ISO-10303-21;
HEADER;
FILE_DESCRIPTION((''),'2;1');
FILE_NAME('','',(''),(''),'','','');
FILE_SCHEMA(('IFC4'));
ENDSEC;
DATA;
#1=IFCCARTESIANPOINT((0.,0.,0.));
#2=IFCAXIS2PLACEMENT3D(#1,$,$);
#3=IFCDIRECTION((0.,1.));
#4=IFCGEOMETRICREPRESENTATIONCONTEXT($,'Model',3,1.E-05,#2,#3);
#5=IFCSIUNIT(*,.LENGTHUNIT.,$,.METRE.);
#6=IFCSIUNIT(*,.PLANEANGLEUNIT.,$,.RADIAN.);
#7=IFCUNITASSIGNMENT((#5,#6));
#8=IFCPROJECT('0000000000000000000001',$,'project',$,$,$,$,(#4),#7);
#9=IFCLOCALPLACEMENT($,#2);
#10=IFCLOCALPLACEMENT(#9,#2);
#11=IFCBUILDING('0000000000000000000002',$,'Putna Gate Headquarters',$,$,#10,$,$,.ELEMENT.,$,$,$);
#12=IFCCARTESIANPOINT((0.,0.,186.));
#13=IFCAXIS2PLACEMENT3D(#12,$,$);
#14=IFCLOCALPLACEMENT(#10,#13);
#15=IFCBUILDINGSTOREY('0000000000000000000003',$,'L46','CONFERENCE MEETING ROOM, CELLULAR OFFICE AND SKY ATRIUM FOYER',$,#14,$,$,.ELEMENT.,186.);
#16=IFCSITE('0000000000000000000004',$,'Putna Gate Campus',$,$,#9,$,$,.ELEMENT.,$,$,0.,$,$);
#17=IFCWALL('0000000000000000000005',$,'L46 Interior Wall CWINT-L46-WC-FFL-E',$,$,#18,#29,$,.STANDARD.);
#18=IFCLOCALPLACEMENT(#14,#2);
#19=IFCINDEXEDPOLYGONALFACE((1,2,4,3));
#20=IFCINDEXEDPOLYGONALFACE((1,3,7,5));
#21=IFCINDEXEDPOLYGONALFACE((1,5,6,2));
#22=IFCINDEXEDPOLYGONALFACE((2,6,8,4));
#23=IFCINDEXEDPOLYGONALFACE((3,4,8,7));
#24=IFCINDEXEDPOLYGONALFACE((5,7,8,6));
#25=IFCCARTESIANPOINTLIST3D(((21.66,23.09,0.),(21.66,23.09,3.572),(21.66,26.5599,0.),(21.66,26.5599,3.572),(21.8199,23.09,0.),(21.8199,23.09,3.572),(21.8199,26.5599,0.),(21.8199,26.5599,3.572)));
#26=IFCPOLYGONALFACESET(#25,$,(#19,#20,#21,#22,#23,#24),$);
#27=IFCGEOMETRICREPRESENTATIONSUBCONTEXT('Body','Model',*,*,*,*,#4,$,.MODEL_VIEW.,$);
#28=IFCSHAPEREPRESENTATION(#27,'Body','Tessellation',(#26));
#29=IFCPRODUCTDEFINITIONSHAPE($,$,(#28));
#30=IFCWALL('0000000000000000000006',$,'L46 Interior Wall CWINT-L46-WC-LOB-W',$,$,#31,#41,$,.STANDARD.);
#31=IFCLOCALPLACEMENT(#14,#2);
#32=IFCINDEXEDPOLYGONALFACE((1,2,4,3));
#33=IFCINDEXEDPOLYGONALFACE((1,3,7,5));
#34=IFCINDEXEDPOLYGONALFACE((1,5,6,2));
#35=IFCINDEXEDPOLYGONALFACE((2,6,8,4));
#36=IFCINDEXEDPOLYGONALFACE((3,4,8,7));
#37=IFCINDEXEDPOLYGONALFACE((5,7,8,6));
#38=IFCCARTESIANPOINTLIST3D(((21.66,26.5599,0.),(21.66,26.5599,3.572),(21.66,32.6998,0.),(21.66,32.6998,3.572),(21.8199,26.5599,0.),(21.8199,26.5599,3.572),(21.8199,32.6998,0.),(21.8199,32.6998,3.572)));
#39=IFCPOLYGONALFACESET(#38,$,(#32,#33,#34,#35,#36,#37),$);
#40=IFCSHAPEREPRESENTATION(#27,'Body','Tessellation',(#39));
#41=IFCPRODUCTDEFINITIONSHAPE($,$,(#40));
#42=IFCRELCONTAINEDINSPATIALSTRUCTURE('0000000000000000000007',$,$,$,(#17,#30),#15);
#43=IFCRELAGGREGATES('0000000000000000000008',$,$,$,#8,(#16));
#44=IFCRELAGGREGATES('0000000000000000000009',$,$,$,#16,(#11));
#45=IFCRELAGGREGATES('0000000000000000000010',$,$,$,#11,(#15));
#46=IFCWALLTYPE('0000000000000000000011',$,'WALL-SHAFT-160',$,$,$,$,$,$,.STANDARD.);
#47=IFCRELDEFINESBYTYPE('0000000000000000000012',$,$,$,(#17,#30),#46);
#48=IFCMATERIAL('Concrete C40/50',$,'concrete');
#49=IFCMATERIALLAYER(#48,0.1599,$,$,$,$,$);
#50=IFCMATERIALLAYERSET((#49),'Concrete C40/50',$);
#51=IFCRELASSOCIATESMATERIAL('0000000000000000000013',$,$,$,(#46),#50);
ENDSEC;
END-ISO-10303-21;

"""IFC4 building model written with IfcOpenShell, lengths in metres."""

from ifc_helpers import new_model, si_unit, direction, frame, frame_2d, origin, place, context, subcontext, project, spatial, rectangle, extrude, material, layer, layer_set, type_object, element, save


model = new_model("IFC4")

# Units and contexts
model_context = context("Model", 3, precision=1e-05, world=origin(), true_north=direction((0.0, 1.0)))
body_context = subcontext(model_context, "Body", "Model", "MODEL_VIEW")
ifc_project = project(units=[si_unit("LENGTHUNIT", "METRE"), si_unit("PLANEANGLEUNIT", "RADIAN")], contexts=[model_context])

# Site, building, storey
site_placement = place(None, origin())
site = spatial("IfcSite", under=ifc_project, at=site_placement, Name="Putna Gate Campus", CompositionType="ELEMENT", RefElevation=0.0)
building_placement = place(site_placement, origin())
building = spatial("IfcBuilding", under=site, at=building_placement, Name="Putna Gate Headquarters", CompositionType="ELEMENT")
storey_placement = place(building_placement, frame((0.0, 0.0, 186.0)))
storey = spatial("IfcBuildingStorey", under=building, at=storey_placement, Name="L46", Description="CONFERENCE MEETING ROOM, CELLULAR OFFICE AND SKY ATRIUM FOYER", CompositionType="ELEMENT", Elevation=186.0)

# Walls
ifc_material_1 = material(Name="Concrete C40/50", Category="concrete")
ifc_layer_1 = layer(ifc_material_1, 0.1599)
ifc_layer_set_1 = layer_set([ifc_layer_1], Name="Concrete C40/50")
wall_type_1 = type_object("IfcWallType", Name="WALL-SHAFT-160", PredefinedType="STANDARD", material=ifc_layer_set_1)
wall_1_placement = place(storey_placement, frame((21.74, 23.0901, 0.0), z_axis=(0.0, 0.0, 1.0), x_axis=(0.0, 1.0, 0.0)))
element("IfcWall", 1, at=wall_1_placement, inside=storey, type_object=wall_type_1, Name="L46 Interior Wall CWINT-L46-WC-FFL-E", PredefinedType="STANDARD", context=body_context, shape_type="SweptSolid", body=[
    extrude(rectangle(XDim=3.47, YDim=0.1599, at=frame_2d((1.7349, 0.0))), origin(), (0.0, 0.0, 1.0), 3.572),
])
wall_2_placement = place(storey_placement, frame((21.74, 26.5601, 0.0), z_axis=(0.0, 0.0, 1.0), x_axis=(0.0, 1.0, 0.0)))
element("IfcWall", 2, at=wall_2_placement, inside=storey, type_object=wall_type_1, Name="L46 Interior Wall CWINT-L46-WC-LOB-W", PredefinedType="STANDARD", context=body_context, shape_type="SweptSolid", body=[
    extrude(rectangle(XDim=6.1399, YDim=0.1599, at=frame_2d((3.0698, 0.0))), origin(), (0.0, 0.0, 1.0), 3.572),
])

save(model, "model.ifc")
